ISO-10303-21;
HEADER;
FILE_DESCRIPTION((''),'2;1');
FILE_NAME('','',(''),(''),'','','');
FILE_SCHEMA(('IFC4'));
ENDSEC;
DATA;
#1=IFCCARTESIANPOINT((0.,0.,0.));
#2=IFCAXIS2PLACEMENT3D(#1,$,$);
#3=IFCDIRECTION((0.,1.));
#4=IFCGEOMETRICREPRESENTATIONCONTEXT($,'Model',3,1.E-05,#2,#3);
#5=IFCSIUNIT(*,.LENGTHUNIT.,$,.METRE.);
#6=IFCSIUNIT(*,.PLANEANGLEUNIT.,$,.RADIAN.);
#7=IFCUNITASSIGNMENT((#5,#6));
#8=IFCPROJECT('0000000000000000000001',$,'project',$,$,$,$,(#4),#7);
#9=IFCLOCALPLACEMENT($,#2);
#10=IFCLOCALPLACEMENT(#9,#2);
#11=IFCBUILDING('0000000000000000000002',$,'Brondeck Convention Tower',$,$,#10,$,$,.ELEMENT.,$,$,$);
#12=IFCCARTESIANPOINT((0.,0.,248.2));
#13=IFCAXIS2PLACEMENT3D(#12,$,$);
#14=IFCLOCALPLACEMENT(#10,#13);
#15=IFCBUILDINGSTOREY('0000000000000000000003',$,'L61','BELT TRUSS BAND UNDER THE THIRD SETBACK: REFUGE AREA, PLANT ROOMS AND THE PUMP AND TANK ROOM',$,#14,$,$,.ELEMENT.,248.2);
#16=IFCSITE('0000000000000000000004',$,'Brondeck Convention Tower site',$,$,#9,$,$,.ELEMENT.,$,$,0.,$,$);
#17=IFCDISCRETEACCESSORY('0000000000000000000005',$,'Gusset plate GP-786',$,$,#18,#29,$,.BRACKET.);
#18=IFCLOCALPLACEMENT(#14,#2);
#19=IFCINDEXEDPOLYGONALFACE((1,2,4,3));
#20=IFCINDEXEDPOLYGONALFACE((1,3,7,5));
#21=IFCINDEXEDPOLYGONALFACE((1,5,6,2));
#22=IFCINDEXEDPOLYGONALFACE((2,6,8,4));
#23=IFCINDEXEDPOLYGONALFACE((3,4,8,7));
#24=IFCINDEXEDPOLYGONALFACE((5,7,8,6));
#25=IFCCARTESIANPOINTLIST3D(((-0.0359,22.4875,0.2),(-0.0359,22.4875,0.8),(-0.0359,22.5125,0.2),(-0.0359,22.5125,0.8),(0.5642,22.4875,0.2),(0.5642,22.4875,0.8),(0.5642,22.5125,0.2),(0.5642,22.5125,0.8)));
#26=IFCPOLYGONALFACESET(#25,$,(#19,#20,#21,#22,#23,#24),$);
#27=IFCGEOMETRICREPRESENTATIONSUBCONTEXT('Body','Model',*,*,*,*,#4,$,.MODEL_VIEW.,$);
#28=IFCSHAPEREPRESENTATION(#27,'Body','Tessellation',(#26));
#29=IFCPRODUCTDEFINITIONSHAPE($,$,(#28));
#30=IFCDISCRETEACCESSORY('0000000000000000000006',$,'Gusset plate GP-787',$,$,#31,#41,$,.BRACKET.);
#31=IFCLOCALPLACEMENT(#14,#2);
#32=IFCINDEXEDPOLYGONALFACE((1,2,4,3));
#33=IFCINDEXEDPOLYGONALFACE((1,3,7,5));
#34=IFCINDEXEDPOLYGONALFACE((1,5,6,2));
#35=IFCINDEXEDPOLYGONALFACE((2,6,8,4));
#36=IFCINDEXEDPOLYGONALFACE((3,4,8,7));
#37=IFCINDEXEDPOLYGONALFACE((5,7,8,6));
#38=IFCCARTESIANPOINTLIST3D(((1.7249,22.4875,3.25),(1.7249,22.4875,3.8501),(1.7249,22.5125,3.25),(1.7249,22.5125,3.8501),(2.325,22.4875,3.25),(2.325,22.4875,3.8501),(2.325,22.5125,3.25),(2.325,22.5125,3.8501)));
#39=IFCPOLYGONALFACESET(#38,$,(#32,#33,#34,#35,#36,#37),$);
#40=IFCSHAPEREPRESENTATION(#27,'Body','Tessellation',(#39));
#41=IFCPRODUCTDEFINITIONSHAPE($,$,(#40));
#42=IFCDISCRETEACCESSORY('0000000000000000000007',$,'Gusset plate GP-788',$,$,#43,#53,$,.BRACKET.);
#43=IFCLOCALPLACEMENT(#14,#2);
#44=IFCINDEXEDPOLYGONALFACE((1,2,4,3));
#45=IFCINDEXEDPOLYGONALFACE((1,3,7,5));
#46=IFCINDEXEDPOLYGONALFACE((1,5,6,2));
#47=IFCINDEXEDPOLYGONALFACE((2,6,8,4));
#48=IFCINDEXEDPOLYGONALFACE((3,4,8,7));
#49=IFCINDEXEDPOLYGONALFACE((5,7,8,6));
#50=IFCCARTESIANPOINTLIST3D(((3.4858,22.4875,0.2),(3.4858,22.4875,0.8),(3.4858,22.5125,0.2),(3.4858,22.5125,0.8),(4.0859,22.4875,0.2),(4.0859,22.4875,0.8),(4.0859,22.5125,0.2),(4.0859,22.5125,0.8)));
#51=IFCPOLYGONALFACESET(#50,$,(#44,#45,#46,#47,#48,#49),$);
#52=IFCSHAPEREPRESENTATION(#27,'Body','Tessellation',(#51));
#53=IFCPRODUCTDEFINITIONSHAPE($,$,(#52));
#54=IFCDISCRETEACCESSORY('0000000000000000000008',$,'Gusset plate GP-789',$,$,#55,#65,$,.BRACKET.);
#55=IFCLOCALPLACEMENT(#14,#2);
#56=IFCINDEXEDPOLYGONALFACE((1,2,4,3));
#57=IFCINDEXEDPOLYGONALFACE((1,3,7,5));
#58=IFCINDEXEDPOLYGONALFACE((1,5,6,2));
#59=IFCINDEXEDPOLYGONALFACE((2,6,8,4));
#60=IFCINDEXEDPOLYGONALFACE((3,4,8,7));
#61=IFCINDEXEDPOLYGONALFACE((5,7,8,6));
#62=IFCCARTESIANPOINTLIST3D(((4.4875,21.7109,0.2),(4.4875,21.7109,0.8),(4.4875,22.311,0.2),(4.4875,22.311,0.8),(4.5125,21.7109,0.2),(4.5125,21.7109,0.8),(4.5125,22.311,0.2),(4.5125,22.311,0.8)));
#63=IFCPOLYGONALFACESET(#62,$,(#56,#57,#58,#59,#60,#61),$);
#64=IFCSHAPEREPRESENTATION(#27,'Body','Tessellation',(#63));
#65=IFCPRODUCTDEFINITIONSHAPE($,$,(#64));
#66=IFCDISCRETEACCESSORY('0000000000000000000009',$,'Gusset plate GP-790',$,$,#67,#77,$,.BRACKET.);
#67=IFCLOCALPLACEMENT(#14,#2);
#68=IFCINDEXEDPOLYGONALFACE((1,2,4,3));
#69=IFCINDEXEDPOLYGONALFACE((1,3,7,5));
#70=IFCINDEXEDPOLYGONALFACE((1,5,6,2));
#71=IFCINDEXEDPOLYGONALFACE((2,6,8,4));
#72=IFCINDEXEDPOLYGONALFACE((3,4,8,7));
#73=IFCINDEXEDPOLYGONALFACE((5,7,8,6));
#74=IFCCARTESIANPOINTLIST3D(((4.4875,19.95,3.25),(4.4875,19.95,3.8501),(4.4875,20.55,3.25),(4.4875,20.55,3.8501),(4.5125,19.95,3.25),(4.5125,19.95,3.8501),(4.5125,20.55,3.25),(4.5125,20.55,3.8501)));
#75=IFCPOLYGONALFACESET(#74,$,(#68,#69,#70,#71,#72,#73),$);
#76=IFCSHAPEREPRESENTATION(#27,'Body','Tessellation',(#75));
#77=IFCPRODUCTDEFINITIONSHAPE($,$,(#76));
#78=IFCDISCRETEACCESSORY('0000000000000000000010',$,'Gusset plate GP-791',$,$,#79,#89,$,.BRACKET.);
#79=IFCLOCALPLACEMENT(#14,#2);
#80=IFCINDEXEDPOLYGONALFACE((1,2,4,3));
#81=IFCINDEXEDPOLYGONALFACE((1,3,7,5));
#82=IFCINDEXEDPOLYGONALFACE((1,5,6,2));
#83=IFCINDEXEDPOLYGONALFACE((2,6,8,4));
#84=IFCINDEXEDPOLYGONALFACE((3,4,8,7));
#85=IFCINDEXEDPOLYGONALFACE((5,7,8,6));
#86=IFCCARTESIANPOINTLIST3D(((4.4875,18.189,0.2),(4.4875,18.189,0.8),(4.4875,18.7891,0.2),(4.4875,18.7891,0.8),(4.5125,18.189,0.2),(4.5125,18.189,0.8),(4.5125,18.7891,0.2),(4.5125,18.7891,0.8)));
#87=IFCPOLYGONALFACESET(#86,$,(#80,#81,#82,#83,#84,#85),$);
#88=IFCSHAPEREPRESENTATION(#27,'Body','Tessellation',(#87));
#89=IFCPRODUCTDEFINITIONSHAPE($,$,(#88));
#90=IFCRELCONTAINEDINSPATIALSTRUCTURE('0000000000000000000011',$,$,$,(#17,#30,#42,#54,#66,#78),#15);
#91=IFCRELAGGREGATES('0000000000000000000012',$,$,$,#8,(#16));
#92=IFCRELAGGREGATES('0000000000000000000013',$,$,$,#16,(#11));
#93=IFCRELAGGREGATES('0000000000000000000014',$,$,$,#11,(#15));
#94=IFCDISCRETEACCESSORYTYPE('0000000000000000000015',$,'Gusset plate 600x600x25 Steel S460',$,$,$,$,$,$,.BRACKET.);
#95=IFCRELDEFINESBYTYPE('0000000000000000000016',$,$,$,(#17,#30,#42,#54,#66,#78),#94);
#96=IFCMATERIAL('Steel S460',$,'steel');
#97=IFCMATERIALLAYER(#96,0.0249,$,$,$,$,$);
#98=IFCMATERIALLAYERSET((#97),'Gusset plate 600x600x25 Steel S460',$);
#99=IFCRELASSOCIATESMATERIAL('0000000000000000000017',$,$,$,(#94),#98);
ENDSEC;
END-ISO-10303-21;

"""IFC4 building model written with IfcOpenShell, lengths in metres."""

from ifc_helpers import new_model, si_unit, direction, frame, origin, origin_2d, place, context, subcontext, project, spatial, rectangle, extrude, material, layer, layer_set, type_object, element, save


model = new_model("IFC4")

# Units and contexts
model_context = context("Model", 3, precision=1e-05, world=origin(), true_north=direction((0.0, 1.0)))
body_context = subcontext(model_context, "Body", "Model", "MODEL_VIEW")
ifc_project = project(units=[si_unit("LENGTHUNIT", "METRE"), si_unit("PLANEANGLEUNIT", "RADIAN")], contexts=[model_context])

# Site, building, storey
site_placement = place(None, origin())
site = spatial("IfcSite", under=ifc_project, at=site_placement, Name="Brondeck Convention Tower site", CompositionType="ELEMENT", RefElevation=0.0)
building_placement = place(site_placement, origin())
building = spatial("IfcBuilding", under=site, at=building_placement, Name="Brondeck Convention Tower", CompositionType="ELEMENT")
storey_placement = place(building_placement, frame((0.0, 0.0, 248.2)))
storey = spatial("IfcBuildingStorey", under=building, at=storey_placement, Name="L61", Description="BELT TRUSS BAND UNDER THE THIRD SETBACK: REFUGE AREA, PLANT ROOMS AND THE PUMP AND TANK ROOM", CompositionType="ELEMENT", Elevation=248.2)

# Shared definitions
ifc_material_1 = material(Name="Steel S460", Category="steel")

# Discrete accessories
ifc_layer_1 = layer(ifc_material_1, 0.0249)
ifc_layer_set_1 = layer_set([ifc_layer_1], Name="Gusset plate 600x600x25 Steel S460")
discrete_accessory_type = type_object("IfcDiscreteAccessoryType", Name="Gusset plate 600x600x25 Steel S460", PredefinedType="BRACKET", material=ifc_layer_set_1)
for number, where, z_axis, x_axis, name in (
    (1, (0.2642, 22.5, 0.2), (0.0, 0.0, 1.0), (1.0, 0.0, 0.0), "Gusset plate GP-786"),
    (2, (2.0249, 22.5, 3.25), (0.0, 0.0, 1.0), (1.0, 0.0, 0.0), "Gusset plate GP-787"),
    (3, (3.7859, 22.5, 0.2), (0.0, 0.0, 1.0), (1.0, 0.0, 0.0), "Gusset plate GP-788"),
    (4, (4.5, 22.011, 0.2), (0.0, 0.0, 1.0), (0.0, 1.0, 0.0), "Gusset plate GP-789"),
    (5, (4.5, 20.25, 3.25), (0.0, 0.0, 1.0), (0.0, 1.0, 0.0), "Gusset plate GP-790"),
    (6, (4.5, 18.489, 0.2), (0.0, 0.0, 1.0), (0.0, 1.0, 0.0), "Gusset plate GP-791"),
):
    element("IfcDiscreteAccessory", number, at=place(storey_placement, frame(where, z_axis=z_axis, x_axis=x_axis)), inside=storey, type_object=discrete_accessory_type, Name=name, PredefinedType="BRACKET", context=body_context, shape_type="SweptSolid", body=[
        extrude(rectangle(XDim=0.6001, YDim=0.0249, at=origin_2d()), origin(), (0.0, 0.0, 1.0), 0.6001),
    ])

save(model, "model.ifc")
